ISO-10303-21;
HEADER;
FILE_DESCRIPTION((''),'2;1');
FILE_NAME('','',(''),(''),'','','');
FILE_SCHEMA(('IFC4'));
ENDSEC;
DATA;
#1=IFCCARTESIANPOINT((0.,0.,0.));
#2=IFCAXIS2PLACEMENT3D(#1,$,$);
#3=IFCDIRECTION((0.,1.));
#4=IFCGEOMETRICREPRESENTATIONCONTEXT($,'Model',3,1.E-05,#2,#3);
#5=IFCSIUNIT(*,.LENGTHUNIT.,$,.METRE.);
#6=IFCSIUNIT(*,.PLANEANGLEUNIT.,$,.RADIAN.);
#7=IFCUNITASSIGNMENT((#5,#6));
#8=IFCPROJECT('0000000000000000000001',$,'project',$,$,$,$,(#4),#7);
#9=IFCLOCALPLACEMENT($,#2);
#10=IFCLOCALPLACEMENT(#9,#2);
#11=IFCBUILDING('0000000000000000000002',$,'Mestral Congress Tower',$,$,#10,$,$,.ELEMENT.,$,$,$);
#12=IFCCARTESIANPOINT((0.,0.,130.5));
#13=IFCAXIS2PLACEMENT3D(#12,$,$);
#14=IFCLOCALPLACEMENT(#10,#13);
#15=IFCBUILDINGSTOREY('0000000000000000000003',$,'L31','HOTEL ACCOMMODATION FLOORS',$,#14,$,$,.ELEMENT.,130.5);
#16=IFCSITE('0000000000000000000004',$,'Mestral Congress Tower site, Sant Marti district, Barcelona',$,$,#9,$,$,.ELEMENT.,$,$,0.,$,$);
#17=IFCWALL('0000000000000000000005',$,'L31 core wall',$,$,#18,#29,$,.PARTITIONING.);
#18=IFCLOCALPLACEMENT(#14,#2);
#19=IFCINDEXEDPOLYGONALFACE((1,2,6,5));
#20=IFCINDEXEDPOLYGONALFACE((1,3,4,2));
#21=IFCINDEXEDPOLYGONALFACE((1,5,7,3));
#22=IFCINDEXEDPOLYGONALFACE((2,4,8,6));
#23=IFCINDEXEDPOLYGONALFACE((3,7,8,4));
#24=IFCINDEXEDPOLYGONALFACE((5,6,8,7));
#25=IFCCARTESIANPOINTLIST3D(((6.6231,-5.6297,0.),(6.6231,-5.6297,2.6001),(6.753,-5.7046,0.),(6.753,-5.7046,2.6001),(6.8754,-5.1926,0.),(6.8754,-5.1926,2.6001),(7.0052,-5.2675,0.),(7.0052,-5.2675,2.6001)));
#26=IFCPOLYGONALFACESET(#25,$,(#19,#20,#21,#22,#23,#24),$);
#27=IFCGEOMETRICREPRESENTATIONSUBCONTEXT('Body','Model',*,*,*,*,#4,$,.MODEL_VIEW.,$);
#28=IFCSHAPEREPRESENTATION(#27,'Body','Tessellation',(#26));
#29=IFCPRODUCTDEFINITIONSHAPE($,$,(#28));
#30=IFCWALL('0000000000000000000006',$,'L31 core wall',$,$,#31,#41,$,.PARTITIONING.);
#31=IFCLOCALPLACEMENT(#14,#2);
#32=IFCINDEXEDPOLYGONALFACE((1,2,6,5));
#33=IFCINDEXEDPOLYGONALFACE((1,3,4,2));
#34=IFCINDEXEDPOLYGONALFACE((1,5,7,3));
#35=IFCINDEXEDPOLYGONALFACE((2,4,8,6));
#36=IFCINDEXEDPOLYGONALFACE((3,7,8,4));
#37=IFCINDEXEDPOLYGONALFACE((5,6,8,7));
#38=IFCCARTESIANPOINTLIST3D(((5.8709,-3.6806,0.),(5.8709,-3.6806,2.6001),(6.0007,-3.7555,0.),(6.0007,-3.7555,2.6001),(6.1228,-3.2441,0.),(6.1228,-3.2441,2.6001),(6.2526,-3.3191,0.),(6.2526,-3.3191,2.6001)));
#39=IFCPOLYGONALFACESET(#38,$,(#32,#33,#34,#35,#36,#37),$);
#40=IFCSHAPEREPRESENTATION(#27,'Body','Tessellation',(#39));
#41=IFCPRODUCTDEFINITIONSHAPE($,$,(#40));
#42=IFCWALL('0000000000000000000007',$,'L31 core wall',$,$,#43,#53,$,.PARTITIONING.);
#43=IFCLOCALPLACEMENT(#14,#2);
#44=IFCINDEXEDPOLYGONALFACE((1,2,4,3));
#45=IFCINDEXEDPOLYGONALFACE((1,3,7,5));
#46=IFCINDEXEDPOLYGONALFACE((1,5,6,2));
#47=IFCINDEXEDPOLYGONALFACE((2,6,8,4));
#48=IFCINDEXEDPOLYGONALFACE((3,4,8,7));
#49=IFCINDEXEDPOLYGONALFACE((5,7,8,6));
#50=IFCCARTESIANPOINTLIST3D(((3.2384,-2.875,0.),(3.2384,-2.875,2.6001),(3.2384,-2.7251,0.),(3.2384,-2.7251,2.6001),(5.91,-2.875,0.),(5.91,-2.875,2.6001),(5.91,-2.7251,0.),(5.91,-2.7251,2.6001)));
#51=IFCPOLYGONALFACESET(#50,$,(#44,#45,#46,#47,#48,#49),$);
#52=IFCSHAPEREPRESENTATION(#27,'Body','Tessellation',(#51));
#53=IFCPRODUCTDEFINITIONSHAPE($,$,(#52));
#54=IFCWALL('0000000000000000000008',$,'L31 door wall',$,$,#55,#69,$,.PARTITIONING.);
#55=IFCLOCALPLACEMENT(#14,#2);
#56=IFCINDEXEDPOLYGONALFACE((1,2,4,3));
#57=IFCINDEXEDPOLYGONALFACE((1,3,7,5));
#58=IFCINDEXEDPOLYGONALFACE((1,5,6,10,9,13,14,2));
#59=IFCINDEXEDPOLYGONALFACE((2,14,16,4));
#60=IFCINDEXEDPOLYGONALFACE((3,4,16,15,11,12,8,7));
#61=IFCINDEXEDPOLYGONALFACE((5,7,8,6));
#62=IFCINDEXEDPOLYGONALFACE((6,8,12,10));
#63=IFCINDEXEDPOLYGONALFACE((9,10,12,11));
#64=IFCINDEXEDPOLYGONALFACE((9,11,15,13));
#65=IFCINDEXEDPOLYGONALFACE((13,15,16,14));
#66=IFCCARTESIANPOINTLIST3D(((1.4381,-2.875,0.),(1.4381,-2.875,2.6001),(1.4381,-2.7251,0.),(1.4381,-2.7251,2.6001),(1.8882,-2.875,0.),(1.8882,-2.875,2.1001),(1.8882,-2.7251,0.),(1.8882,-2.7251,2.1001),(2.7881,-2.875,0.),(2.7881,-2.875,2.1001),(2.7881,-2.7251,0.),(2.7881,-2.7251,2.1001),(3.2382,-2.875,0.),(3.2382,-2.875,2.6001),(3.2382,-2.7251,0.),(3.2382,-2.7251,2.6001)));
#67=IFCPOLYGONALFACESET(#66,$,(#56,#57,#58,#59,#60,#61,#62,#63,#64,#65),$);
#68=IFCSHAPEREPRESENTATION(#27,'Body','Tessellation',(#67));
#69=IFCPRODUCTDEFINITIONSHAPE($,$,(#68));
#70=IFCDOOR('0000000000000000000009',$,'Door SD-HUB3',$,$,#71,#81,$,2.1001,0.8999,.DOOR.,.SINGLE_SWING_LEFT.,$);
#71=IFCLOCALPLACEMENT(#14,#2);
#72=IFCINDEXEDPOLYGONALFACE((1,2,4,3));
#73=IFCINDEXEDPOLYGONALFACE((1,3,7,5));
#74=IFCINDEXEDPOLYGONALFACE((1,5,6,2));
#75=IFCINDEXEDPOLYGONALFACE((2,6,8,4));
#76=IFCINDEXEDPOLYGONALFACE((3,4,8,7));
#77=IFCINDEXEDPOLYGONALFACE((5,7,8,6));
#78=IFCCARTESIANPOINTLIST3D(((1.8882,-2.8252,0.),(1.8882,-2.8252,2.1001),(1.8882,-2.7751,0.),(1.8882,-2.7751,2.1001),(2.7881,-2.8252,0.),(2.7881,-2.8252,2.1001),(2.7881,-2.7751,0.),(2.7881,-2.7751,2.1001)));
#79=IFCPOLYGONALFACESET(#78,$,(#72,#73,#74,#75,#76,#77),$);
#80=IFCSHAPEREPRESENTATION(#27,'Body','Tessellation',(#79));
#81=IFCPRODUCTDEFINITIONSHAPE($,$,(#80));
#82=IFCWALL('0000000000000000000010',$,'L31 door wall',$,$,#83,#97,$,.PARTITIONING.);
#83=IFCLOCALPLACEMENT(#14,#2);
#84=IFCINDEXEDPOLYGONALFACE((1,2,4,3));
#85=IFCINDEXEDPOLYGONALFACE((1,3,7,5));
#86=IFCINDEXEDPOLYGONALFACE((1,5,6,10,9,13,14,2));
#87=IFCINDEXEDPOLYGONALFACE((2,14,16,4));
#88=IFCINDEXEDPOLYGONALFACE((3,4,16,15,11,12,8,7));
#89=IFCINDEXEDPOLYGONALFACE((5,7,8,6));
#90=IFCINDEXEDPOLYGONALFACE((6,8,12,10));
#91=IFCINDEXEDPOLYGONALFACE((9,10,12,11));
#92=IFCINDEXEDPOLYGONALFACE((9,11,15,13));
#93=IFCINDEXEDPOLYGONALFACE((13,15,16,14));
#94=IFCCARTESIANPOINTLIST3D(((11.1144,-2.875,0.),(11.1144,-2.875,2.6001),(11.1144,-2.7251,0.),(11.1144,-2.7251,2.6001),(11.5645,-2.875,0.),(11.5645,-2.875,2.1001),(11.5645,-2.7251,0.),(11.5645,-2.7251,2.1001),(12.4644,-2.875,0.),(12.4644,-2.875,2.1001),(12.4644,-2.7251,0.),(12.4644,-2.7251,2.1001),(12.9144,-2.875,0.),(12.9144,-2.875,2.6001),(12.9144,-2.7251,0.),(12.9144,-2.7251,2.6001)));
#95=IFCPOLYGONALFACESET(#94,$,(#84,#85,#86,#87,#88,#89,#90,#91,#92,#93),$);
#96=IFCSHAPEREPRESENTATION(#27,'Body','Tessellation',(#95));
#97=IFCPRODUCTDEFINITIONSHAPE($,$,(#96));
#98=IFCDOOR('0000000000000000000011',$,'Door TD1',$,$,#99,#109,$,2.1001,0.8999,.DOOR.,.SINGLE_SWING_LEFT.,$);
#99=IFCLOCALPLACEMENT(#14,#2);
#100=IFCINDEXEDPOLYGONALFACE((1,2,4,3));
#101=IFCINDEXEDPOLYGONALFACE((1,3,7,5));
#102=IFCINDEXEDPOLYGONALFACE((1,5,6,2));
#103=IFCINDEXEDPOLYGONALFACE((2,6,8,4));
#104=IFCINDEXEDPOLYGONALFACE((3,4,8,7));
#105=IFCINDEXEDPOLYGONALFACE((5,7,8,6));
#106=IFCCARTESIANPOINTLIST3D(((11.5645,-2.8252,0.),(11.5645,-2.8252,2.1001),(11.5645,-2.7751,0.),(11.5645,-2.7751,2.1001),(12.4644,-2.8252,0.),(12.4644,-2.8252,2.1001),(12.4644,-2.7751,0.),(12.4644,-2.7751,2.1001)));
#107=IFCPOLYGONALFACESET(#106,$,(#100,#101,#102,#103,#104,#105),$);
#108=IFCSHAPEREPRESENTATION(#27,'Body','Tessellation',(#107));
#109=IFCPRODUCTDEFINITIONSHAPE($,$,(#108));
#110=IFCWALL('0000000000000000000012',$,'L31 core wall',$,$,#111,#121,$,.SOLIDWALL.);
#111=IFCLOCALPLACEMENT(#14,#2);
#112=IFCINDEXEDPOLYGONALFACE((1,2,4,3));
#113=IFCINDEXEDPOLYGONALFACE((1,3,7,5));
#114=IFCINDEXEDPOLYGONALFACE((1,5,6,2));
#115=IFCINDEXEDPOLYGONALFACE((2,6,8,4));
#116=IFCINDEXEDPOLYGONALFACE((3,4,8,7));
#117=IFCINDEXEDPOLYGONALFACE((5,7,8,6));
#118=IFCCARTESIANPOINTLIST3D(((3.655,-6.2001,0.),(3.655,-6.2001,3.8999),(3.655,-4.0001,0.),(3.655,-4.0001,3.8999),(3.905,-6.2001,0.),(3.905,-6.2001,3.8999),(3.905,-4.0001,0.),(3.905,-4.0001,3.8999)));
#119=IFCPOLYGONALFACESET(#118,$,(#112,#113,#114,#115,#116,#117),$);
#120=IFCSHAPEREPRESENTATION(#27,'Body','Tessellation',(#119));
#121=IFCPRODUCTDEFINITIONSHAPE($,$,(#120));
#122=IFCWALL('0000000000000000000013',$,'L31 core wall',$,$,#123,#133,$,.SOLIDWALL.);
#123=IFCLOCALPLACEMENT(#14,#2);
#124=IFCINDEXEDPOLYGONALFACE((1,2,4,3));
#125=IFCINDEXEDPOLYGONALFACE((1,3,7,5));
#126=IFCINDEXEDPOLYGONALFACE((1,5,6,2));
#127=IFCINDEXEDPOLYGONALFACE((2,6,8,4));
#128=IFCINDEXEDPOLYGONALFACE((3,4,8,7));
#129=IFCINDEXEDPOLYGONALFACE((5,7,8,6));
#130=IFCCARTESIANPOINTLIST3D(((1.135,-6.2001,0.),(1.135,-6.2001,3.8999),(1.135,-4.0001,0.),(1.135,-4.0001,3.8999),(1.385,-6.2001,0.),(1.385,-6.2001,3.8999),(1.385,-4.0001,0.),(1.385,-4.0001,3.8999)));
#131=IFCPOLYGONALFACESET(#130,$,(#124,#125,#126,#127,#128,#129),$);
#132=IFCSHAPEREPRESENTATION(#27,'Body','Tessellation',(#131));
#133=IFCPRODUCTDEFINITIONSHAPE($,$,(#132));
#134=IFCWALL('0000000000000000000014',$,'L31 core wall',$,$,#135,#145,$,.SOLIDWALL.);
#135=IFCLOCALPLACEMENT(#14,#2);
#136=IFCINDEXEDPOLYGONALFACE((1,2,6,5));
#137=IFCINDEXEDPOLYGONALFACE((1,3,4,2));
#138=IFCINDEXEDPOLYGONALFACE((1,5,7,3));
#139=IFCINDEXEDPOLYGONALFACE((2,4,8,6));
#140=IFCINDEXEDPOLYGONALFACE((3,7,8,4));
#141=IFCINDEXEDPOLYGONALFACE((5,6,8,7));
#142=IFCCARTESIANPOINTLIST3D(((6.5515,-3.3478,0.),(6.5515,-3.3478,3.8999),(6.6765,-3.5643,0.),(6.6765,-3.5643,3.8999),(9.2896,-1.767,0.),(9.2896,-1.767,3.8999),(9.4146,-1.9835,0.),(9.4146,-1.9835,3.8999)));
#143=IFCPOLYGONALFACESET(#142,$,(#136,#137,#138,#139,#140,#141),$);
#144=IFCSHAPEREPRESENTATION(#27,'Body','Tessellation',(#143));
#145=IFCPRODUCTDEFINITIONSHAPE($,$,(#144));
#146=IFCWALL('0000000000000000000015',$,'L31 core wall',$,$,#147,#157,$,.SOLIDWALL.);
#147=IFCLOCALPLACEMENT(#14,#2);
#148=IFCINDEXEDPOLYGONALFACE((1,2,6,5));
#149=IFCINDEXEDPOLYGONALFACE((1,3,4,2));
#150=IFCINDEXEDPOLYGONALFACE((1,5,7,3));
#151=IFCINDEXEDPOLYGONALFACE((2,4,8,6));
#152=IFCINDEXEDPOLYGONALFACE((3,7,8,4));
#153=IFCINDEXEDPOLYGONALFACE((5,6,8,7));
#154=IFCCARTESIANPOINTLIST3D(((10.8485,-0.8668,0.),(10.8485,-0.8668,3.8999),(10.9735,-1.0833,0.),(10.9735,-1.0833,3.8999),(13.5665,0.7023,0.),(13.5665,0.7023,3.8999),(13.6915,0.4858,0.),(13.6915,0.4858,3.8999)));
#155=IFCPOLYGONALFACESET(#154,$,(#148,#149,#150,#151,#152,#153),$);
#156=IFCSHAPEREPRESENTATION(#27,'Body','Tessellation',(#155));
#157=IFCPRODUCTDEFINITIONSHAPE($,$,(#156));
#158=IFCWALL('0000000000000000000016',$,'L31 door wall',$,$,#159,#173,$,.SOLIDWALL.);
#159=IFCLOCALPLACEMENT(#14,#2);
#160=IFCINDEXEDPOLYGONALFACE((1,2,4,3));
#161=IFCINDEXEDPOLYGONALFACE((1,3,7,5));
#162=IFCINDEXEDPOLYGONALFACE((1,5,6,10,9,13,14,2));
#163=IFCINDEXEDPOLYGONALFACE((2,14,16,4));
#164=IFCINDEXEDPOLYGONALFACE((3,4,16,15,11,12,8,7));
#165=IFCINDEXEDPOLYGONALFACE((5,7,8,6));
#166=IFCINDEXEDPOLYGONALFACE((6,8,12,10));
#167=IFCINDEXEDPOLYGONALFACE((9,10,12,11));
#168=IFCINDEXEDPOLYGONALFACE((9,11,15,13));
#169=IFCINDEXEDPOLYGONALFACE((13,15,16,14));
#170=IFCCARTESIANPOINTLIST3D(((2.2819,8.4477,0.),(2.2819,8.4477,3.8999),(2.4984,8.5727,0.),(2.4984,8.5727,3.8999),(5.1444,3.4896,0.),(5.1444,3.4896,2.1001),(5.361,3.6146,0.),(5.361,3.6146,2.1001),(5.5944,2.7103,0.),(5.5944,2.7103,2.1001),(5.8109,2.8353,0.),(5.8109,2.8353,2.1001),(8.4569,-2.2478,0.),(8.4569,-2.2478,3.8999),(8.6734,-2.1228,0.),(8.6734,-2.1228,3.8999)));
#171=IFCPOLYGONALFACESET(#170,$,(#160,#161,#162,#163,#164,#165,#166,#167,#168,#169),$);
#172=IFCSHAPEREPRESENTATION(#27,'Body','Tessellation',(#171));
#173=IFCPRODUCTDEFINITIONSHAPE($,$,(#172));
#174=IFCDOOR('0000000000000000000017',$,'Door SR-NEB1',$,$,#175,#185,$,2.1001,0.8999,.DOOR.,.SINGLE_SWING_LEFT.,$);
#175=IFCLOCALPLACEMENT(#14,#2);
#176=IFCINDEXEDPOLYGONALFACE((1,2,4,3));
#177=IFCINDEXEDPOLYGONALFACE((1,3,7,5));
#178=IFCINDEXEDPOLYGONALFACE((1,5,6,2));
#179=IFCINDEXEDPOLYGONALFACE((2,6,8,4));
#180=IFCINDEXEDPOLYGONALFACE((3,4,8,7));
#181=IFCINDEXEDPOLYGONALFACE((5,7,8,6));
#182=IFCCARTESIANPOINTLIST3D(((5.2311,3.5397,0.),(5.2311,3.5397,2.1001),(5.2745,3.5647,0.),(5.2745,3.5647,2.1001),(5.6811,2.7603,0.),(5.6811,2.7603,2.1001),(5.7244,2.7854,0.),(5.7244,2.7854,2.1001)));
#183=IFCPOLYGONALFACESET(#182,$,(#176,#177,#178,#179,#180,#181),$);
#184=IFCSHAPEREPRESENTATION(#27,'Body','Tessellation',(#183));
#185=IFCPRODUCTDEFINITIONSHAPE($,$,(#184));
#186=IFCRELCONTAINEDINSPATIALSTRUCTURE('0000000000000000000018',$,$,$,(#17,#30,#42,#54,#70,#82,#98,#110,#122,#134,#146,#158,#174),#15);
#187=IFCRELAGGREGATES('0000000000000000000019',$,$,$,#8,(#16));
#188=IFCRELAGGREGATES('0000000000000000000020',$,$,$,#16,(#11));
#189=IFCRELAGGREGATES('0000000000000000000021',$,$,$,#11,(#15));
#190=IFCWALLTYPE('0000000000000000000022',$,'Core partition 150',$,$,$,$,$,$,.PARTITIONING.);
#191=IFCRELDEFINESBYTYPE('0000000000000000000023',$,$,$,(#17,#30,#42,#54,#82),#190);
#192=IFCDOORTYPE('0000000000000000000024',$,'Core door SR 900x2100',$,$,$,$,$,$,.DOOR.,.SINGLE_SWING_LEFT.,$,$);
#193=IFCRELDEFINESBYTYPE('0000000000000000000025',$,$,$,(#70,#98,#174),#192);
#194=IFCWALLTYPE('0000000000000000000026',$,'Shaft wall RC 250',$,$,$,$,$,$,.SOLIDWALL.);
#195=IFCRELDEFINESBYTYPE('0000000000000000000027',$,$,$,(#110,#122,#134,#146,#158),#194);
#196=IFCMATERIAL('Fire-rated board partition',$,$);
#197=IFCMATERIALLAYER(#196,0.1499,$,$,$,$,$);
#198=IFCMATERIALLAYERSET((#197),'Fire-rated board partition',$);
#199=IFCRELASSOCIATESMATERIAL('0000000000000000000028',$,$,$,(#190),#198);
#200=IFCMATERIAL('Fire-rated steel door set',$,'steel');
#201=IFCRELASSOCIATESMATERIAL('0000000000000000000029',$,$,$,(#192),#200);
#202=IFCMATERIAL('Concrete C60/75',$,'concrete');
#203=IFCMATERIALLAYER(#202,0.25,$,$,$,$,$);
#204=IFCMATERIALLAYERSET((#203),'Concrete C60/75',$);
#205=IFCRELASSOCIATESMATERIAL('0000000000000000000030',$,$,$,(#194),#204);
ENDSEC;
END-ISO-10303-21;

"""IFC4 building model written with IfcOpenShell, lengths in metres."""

from ifc_helpers import new_model, si_unit, direction, frame, frame_2d, origin, place, context, subcontext, project, spatial, rectangle, extrude, material, layer, layer_set, type_object, element, fill, save


model = new_model("IFC4")

# Units and contexts
model_context = context("Model", 3, precision=1e-05, world=origin(), true_north=direction((0.0, 1.0)))
body_context = subcontext(model_context, "Body", "Model", "MODEL_VIEW")
ifc_project = project(units=[si_unit("LENGTHUNIT", "METRE"), si_unit("PLANEANGLEUNIT", "RADIAN")], contexts=[model_context])

# Site, building, storey
site_placement = place(None, origin())
site = spatial("IfcSite", under=ifc_project, at=site_placement, Name="Mestral Congress Tower site, Sant Marti district, Barcelona", CompositionType="ELEMENT", RefElevation=0.0)
building_placement = place(site_placement, origin())
building = spatial("IfcBuilding", under=site, at=building_placement, Name="Mestral Congress Tower", CompositionType="ELEMENT")
storey_placement = place(building_placement, frame((0.0, 0.0, 130.5)))
storey = spatial("IfcBuildingStorey", under=building, at=storey_placement, Name="L31", Description="HOTEL ACCOMMODATION FLOORS", CompositionType="ELEMENT", Elevation=130.5)

# Walls
ifc_material_1 = material(Name="Fire-rated board partition")
ifc_layer_1 = layer(ifc_material_1, 0.1499)
ifc_layer_set_1 = layer_set([ifc_layer_1], Name="Fire-rated board partition")
wall_type_1 = type_object("IfcWallType", Name="Core partition 150", PredefinedType="PARTITIONING", material=ifc_layer_set_1)
wall_1_placement = place(storey_placement, frame((6.688, -5.6672, 0.0), z_axis=(0.0, 0.0, 1.0), x_axis=(0.499834, 0.866121, 0.0)))
element("IfcWall", 1, at=wall_1_placement, inside=storey, type_object=wall_type_1, Name="L31 core wall", PredefinedType="PARTITIONING", context=body_context, shape_type="SweptSolid", body=[
    extrude(rectangle(XDim=0.5046, YDim=0.1499, at=frame_2d((0.2524, 0.0))), origin(), (0.0, 0.0, 1.0), 2.6001),
])
wall_2_placement = place(storey_placement, frame((5.9358, -3.718, 0.0), z_axis=(0.0, 0.0, 1.0), x_axis=(0.49989, 0.866089, 0.0)))
element("IfcWall", 2, at=wall_2_placement, inside=storey, type_object=wall_type_1, Name="L31 core wall", PredefinedType="PARTITIONING", context=body_context, shape_type="SweptSolid", body=[
    extrude(rectangle(XDim=0.5039, YDim=0.1499, at=frame_2d((0.252, 0.0))), origin(), (0.0, 0.0, 1.0), 2.6001),
])
wall_3_placement = place(storey_placement, frame((3.2383, -2.8, 0.0), z_axis=(0.0, 0.0, 1.0), x_axis=(1.0, 0.0, 0.0)))
element("IfcWall", 3, at=wall_3_placement, inside=storey, type_object=wall_type_1, Name="L31 core wall", PredefinedType="PARTITIONING", context=body_context, shape_type="SweptSolid", body=[
    extrude(rectangle(XDim=2.6716, YDim=0.1499, at=frame_2d((1.3359, 0.0))), origin(), (0.0, 0.0, 1.0), 2.6001),
])

# Walls, openings, doors
wall_4_placement = place(storey_placement, frame((1.4382, -2.8, 0.0), z_axis=(0.0, 0.0, 1.0), x_axis=(1.0, 0.0, 0.0)))
wall_4 = element("IfcWall", 4, at=wall_4_placement, inside=storey, type_object=wall_type_1, Name="L31 door wall", PredefinedType="PARTITIONING", context=body_context, shape_type="SweptSolid", body=[
    extrude(rectangle(XDim=1.8, YDim=0.1499, at=frame_2d((0.8999, 0.0))), origin(), (0.0, 0.0, 1.0), 2.6001),
])
opening_1_placement = place(wall_4_placement, frame((0.45, 0.0, 0.0)))
opening_1 = element("IfcOpeningElement", 5, at=opening_1_placement, cuts=wall_4, PredefinedType="OPENING", context=body_context, shape_type="SweptSolid", body=[
    extrude(rectangle(XDim=0.8999, YDim=2.1001, at=frame_2d((0.45, 1.05))), frame((0.0, 0.085, 0.0), z_axis=(0.0, -1.0, 0.0), x_axis=(1.0, 0.0, 0.0)), (0.0, 0.0, 1.0), 0.1699),
])
ifc_material_2 = material(Name="Fire-rated steel door set", Category="steel")
door_type_1 = type_object("IfcDoorType", Name="Core door SR 900x2100", OperationType="SINGLE_SWING_LEFT", PredefinedType="DOOR", material=ifc_material_2)
door_1_placement = place(opening_1_placement, origin())
door_1 = element("IfcDoor", 6, at=door_1_placement, inside=storey, type_object=door_type_1, Name="Door SD-HUB3", OperationType="SINGLE_SWING_LEFT", OverallHeight=2.1001, OverallWidth=0.8999, PredefinedType="DOOR", context=body_context, shape_type="SweptSolid", body=[
    extrude(rectangle(XDim=0.8999, YDim=2.1001, at=frame_2d((0.45, 1.05))), frame((0.0, 0.0249, 0.0), z_axis=(0.0, -1.0, 0.0), x_axis=(1.0, 0.0, 0.0)), (0.0, 0.0, 1.0), 0.05),
])
fill(opening_1, door_1)
wall_5_placement = place(storey_placement, frame((11.1145, -2.8, 0.0), z_axis=(0.0, 0.0, 1.0), x_axis=(1.0, 0.0, 0.0)))
wall_5 = element("IfcWall", 7, at=wall_5_placement, inside=storey, type_object=wall_type_1, Name="L31 door wall", PredefinedType="PARTITIONING", context=body_context, shape_type="SweptSolid", body=[
    extrude(rectangle(XDim=1.8, YDim=0.1499, at=frame_2d((0.8999, 0.0))), origin(), (0.0, 0.0, 1.0), 2.6001),
])
opening_2_placement = place(wall_5_placement, frame((0.45, 0.0, 0.0)))
opening_2 = element("IfcOpeningElement", 8, at=opening_2_placement, cuts=wall_5, PredefinedType="OPENING", context=body_context, shape_type="SweptSolid", body=[
    extrude(rectangle(XDim=0.8999, YDim=2.1001, at=frame_2d((0.45, 1.05))), frame((0.0, 0.085, 0.0), z_axis=(0.0, -1.0, 0.0), x_axis=(1.0, 0.0, 0.0)), (0.0, 0.0, 1.0), 0.1699),
])
door_2_placement = place(opening_2_placement, origin())
door_2 = element("IfcDoor", 9, at=door_2_placement, inside=storey, type_object=door_type_1, Name="Door TD1", OperationType="SINGLE_SWING_LEFT", OverallHeight=2.1001, OverallWidth=0.8999, PredefinedType="DOOR", context=body_context, shape_type="SweptSolid", body=[
    extrude(rectangle(XDim=0.8999, YDim=2.1001, at=frame_2d((0.45, 1.05))), frame((0.0, 0.0249, 0.0), z_axis=(0.0, -1.0, 0.0), x_axis=(1.0, 0.0, 0.0)), (0.0, 0.0, 1.0), 0.05),
])
fill(opening_2, door_2)

# Walls
ifc_material_3 = material(Name="Concrete C60/75", Category="concrete")
ifc_layer_2 = layer(ifc_material_3, 0.25)
ifc_layer_set_2 = layer_set([ifc_layer_2], Name="Concrete C60/75")
wall_type_2 = type_object("IfcWallType", Name="Shaft wall RC 250", PredefinedType="SOLIDWALL", material=ifc_layer_set_2)
for number, where, z_axis, x_axis, name in (
    (10, (3.78, -4.0, 0.0), (0.0, 0.0, 1.0), (0.0, -1.0, 0.0), "L31 core wall"),
    (11, (1.26, -4.0, 0.0), (0.0, 0.0, 1.0), (0.0, -1.0, 0.0), "L31 core wall"),
):
    element("IfcWall", number, at=place(storey_placement, frame(where, z_axis=z_axis, x_axis=x_axis)), inside=storey, type_object=wall_type_2, Name=name, PredefinedType="SOLIDWALL", context=body_context, shape_type="SweptSolid", body=[
        extrude(rectangle(XDim=2.2, YDim=0.25, at=frame_2d((1.1001, 0.0))), origin(), (0.0, 0.0, 1.0), 3.8999),
    ])
wall_6_placement = place(storey_placement, frame((9.3521, -1.8752, 0.0), z_axis=(0.0, 0.0, 1.0), x_axis=(-0.866025, -0.500001, 0.0)))
element("IfcWall", 12, at=wall_6_placement, inside=storey, type_object=wall_type_2, Name="L31 core wall", PredefinedType="SOLIDWALL", context=body_context, shape_type="SweptSolid", body=[
    extrude(rectangle(XDim=3.1616, YDim=0.25, at=frame_2d((1.5808, 0.0))), origin(), (0.0, 0.0, 1.0), 3.8999),
])
wall_7_placement = place(storey_placement, frame((10.9109, -0.9751, 0.0), z_axis=(0.0, 0.0, 1.0), x_axis=(0.866047, 0.499963, 0.0)))
element("IfcWall", 13, at=wall_7_placement, inside=storey, type_object=wall_type_2, Name="L31 core wall", PredefinedType="SOLIDWALL", context=body_context, shape_type="SweptSolid", body=[
    extrude(rectangle(XDim=3.1384, YDim=0.25, at=frame_2d((1.5693, 0.0))), origin(), (0.0, 0.0, 1.0), 3.8999),
])

# Wall, opening, door
wall_8_placement = place(storey_placement, frame((8.5652, -2.1853, 0.0), z_axis=(0.0, 0.0, 1.0), x_axis=(-0.499998, 0.866027, 0.0)))
wall_8 = element("IfcWall", 14, at=wall_8_placement, inside=storey, type_object=wall_type_2, Name="L31 door wall", PredefinedType="SOLIDWALL", context=body_context, shape_type="SweptSolid", body=[
    extrude(rectangle(XDim=12.3501, YDim=0.25, at=frame_2d((6.175, 0.0))), origin(), (0.0, 0.0, 1.0), 3.8999),
])
opening_3_placement = place(wall_8_placement, frame((5.7251, 0.0, 0.0)))
opening_3 = element("IfcOpeningElement", 15, at=opening_3_placement, cuts=wall_8, PredefinedType="OPENING", context=body_context, shape_type="SweptSolid", body=[
    extrude(rectangle(XDim=0.8999, YDim=2.1001, at=frame_2d((0.45, 1.05))), frame((0.0, 0.135, 0.0), z_axis=(0.0, -1.0, 0.0), x_axis=(1.0, 0.0, 0.0)), (0.0, 0.0, 1.0), 0.27),
])
door_3_placement = place(opening_3_placement, origin())
door_3 = element("IfcDoor", 16, at=door_3_placement, inside=storey, type_object=door_type_1, Name="Door SR-NEB1", OperationType="SINGLE_SWING_LEFT", OverallHeight=2.1001, OverallWidth=0.8999, PredefinedType="DOOR", context=body_context, shape_type="SweptSolid", body=[
    extrude(rectangle(XDim=0.8999, YDim=2.1001, at=frame_2d((0.45, 1.05))), frame((0.0, 0.0249, 0.0), z_axis=(0.0, -1.0, 0.0), x_axis=(1.0, 0.0, 0.0)), (0.0, 0.0, 1.0), 0.05),
])
fill(opening_3, door_3)

save(model, "model.ifc")
